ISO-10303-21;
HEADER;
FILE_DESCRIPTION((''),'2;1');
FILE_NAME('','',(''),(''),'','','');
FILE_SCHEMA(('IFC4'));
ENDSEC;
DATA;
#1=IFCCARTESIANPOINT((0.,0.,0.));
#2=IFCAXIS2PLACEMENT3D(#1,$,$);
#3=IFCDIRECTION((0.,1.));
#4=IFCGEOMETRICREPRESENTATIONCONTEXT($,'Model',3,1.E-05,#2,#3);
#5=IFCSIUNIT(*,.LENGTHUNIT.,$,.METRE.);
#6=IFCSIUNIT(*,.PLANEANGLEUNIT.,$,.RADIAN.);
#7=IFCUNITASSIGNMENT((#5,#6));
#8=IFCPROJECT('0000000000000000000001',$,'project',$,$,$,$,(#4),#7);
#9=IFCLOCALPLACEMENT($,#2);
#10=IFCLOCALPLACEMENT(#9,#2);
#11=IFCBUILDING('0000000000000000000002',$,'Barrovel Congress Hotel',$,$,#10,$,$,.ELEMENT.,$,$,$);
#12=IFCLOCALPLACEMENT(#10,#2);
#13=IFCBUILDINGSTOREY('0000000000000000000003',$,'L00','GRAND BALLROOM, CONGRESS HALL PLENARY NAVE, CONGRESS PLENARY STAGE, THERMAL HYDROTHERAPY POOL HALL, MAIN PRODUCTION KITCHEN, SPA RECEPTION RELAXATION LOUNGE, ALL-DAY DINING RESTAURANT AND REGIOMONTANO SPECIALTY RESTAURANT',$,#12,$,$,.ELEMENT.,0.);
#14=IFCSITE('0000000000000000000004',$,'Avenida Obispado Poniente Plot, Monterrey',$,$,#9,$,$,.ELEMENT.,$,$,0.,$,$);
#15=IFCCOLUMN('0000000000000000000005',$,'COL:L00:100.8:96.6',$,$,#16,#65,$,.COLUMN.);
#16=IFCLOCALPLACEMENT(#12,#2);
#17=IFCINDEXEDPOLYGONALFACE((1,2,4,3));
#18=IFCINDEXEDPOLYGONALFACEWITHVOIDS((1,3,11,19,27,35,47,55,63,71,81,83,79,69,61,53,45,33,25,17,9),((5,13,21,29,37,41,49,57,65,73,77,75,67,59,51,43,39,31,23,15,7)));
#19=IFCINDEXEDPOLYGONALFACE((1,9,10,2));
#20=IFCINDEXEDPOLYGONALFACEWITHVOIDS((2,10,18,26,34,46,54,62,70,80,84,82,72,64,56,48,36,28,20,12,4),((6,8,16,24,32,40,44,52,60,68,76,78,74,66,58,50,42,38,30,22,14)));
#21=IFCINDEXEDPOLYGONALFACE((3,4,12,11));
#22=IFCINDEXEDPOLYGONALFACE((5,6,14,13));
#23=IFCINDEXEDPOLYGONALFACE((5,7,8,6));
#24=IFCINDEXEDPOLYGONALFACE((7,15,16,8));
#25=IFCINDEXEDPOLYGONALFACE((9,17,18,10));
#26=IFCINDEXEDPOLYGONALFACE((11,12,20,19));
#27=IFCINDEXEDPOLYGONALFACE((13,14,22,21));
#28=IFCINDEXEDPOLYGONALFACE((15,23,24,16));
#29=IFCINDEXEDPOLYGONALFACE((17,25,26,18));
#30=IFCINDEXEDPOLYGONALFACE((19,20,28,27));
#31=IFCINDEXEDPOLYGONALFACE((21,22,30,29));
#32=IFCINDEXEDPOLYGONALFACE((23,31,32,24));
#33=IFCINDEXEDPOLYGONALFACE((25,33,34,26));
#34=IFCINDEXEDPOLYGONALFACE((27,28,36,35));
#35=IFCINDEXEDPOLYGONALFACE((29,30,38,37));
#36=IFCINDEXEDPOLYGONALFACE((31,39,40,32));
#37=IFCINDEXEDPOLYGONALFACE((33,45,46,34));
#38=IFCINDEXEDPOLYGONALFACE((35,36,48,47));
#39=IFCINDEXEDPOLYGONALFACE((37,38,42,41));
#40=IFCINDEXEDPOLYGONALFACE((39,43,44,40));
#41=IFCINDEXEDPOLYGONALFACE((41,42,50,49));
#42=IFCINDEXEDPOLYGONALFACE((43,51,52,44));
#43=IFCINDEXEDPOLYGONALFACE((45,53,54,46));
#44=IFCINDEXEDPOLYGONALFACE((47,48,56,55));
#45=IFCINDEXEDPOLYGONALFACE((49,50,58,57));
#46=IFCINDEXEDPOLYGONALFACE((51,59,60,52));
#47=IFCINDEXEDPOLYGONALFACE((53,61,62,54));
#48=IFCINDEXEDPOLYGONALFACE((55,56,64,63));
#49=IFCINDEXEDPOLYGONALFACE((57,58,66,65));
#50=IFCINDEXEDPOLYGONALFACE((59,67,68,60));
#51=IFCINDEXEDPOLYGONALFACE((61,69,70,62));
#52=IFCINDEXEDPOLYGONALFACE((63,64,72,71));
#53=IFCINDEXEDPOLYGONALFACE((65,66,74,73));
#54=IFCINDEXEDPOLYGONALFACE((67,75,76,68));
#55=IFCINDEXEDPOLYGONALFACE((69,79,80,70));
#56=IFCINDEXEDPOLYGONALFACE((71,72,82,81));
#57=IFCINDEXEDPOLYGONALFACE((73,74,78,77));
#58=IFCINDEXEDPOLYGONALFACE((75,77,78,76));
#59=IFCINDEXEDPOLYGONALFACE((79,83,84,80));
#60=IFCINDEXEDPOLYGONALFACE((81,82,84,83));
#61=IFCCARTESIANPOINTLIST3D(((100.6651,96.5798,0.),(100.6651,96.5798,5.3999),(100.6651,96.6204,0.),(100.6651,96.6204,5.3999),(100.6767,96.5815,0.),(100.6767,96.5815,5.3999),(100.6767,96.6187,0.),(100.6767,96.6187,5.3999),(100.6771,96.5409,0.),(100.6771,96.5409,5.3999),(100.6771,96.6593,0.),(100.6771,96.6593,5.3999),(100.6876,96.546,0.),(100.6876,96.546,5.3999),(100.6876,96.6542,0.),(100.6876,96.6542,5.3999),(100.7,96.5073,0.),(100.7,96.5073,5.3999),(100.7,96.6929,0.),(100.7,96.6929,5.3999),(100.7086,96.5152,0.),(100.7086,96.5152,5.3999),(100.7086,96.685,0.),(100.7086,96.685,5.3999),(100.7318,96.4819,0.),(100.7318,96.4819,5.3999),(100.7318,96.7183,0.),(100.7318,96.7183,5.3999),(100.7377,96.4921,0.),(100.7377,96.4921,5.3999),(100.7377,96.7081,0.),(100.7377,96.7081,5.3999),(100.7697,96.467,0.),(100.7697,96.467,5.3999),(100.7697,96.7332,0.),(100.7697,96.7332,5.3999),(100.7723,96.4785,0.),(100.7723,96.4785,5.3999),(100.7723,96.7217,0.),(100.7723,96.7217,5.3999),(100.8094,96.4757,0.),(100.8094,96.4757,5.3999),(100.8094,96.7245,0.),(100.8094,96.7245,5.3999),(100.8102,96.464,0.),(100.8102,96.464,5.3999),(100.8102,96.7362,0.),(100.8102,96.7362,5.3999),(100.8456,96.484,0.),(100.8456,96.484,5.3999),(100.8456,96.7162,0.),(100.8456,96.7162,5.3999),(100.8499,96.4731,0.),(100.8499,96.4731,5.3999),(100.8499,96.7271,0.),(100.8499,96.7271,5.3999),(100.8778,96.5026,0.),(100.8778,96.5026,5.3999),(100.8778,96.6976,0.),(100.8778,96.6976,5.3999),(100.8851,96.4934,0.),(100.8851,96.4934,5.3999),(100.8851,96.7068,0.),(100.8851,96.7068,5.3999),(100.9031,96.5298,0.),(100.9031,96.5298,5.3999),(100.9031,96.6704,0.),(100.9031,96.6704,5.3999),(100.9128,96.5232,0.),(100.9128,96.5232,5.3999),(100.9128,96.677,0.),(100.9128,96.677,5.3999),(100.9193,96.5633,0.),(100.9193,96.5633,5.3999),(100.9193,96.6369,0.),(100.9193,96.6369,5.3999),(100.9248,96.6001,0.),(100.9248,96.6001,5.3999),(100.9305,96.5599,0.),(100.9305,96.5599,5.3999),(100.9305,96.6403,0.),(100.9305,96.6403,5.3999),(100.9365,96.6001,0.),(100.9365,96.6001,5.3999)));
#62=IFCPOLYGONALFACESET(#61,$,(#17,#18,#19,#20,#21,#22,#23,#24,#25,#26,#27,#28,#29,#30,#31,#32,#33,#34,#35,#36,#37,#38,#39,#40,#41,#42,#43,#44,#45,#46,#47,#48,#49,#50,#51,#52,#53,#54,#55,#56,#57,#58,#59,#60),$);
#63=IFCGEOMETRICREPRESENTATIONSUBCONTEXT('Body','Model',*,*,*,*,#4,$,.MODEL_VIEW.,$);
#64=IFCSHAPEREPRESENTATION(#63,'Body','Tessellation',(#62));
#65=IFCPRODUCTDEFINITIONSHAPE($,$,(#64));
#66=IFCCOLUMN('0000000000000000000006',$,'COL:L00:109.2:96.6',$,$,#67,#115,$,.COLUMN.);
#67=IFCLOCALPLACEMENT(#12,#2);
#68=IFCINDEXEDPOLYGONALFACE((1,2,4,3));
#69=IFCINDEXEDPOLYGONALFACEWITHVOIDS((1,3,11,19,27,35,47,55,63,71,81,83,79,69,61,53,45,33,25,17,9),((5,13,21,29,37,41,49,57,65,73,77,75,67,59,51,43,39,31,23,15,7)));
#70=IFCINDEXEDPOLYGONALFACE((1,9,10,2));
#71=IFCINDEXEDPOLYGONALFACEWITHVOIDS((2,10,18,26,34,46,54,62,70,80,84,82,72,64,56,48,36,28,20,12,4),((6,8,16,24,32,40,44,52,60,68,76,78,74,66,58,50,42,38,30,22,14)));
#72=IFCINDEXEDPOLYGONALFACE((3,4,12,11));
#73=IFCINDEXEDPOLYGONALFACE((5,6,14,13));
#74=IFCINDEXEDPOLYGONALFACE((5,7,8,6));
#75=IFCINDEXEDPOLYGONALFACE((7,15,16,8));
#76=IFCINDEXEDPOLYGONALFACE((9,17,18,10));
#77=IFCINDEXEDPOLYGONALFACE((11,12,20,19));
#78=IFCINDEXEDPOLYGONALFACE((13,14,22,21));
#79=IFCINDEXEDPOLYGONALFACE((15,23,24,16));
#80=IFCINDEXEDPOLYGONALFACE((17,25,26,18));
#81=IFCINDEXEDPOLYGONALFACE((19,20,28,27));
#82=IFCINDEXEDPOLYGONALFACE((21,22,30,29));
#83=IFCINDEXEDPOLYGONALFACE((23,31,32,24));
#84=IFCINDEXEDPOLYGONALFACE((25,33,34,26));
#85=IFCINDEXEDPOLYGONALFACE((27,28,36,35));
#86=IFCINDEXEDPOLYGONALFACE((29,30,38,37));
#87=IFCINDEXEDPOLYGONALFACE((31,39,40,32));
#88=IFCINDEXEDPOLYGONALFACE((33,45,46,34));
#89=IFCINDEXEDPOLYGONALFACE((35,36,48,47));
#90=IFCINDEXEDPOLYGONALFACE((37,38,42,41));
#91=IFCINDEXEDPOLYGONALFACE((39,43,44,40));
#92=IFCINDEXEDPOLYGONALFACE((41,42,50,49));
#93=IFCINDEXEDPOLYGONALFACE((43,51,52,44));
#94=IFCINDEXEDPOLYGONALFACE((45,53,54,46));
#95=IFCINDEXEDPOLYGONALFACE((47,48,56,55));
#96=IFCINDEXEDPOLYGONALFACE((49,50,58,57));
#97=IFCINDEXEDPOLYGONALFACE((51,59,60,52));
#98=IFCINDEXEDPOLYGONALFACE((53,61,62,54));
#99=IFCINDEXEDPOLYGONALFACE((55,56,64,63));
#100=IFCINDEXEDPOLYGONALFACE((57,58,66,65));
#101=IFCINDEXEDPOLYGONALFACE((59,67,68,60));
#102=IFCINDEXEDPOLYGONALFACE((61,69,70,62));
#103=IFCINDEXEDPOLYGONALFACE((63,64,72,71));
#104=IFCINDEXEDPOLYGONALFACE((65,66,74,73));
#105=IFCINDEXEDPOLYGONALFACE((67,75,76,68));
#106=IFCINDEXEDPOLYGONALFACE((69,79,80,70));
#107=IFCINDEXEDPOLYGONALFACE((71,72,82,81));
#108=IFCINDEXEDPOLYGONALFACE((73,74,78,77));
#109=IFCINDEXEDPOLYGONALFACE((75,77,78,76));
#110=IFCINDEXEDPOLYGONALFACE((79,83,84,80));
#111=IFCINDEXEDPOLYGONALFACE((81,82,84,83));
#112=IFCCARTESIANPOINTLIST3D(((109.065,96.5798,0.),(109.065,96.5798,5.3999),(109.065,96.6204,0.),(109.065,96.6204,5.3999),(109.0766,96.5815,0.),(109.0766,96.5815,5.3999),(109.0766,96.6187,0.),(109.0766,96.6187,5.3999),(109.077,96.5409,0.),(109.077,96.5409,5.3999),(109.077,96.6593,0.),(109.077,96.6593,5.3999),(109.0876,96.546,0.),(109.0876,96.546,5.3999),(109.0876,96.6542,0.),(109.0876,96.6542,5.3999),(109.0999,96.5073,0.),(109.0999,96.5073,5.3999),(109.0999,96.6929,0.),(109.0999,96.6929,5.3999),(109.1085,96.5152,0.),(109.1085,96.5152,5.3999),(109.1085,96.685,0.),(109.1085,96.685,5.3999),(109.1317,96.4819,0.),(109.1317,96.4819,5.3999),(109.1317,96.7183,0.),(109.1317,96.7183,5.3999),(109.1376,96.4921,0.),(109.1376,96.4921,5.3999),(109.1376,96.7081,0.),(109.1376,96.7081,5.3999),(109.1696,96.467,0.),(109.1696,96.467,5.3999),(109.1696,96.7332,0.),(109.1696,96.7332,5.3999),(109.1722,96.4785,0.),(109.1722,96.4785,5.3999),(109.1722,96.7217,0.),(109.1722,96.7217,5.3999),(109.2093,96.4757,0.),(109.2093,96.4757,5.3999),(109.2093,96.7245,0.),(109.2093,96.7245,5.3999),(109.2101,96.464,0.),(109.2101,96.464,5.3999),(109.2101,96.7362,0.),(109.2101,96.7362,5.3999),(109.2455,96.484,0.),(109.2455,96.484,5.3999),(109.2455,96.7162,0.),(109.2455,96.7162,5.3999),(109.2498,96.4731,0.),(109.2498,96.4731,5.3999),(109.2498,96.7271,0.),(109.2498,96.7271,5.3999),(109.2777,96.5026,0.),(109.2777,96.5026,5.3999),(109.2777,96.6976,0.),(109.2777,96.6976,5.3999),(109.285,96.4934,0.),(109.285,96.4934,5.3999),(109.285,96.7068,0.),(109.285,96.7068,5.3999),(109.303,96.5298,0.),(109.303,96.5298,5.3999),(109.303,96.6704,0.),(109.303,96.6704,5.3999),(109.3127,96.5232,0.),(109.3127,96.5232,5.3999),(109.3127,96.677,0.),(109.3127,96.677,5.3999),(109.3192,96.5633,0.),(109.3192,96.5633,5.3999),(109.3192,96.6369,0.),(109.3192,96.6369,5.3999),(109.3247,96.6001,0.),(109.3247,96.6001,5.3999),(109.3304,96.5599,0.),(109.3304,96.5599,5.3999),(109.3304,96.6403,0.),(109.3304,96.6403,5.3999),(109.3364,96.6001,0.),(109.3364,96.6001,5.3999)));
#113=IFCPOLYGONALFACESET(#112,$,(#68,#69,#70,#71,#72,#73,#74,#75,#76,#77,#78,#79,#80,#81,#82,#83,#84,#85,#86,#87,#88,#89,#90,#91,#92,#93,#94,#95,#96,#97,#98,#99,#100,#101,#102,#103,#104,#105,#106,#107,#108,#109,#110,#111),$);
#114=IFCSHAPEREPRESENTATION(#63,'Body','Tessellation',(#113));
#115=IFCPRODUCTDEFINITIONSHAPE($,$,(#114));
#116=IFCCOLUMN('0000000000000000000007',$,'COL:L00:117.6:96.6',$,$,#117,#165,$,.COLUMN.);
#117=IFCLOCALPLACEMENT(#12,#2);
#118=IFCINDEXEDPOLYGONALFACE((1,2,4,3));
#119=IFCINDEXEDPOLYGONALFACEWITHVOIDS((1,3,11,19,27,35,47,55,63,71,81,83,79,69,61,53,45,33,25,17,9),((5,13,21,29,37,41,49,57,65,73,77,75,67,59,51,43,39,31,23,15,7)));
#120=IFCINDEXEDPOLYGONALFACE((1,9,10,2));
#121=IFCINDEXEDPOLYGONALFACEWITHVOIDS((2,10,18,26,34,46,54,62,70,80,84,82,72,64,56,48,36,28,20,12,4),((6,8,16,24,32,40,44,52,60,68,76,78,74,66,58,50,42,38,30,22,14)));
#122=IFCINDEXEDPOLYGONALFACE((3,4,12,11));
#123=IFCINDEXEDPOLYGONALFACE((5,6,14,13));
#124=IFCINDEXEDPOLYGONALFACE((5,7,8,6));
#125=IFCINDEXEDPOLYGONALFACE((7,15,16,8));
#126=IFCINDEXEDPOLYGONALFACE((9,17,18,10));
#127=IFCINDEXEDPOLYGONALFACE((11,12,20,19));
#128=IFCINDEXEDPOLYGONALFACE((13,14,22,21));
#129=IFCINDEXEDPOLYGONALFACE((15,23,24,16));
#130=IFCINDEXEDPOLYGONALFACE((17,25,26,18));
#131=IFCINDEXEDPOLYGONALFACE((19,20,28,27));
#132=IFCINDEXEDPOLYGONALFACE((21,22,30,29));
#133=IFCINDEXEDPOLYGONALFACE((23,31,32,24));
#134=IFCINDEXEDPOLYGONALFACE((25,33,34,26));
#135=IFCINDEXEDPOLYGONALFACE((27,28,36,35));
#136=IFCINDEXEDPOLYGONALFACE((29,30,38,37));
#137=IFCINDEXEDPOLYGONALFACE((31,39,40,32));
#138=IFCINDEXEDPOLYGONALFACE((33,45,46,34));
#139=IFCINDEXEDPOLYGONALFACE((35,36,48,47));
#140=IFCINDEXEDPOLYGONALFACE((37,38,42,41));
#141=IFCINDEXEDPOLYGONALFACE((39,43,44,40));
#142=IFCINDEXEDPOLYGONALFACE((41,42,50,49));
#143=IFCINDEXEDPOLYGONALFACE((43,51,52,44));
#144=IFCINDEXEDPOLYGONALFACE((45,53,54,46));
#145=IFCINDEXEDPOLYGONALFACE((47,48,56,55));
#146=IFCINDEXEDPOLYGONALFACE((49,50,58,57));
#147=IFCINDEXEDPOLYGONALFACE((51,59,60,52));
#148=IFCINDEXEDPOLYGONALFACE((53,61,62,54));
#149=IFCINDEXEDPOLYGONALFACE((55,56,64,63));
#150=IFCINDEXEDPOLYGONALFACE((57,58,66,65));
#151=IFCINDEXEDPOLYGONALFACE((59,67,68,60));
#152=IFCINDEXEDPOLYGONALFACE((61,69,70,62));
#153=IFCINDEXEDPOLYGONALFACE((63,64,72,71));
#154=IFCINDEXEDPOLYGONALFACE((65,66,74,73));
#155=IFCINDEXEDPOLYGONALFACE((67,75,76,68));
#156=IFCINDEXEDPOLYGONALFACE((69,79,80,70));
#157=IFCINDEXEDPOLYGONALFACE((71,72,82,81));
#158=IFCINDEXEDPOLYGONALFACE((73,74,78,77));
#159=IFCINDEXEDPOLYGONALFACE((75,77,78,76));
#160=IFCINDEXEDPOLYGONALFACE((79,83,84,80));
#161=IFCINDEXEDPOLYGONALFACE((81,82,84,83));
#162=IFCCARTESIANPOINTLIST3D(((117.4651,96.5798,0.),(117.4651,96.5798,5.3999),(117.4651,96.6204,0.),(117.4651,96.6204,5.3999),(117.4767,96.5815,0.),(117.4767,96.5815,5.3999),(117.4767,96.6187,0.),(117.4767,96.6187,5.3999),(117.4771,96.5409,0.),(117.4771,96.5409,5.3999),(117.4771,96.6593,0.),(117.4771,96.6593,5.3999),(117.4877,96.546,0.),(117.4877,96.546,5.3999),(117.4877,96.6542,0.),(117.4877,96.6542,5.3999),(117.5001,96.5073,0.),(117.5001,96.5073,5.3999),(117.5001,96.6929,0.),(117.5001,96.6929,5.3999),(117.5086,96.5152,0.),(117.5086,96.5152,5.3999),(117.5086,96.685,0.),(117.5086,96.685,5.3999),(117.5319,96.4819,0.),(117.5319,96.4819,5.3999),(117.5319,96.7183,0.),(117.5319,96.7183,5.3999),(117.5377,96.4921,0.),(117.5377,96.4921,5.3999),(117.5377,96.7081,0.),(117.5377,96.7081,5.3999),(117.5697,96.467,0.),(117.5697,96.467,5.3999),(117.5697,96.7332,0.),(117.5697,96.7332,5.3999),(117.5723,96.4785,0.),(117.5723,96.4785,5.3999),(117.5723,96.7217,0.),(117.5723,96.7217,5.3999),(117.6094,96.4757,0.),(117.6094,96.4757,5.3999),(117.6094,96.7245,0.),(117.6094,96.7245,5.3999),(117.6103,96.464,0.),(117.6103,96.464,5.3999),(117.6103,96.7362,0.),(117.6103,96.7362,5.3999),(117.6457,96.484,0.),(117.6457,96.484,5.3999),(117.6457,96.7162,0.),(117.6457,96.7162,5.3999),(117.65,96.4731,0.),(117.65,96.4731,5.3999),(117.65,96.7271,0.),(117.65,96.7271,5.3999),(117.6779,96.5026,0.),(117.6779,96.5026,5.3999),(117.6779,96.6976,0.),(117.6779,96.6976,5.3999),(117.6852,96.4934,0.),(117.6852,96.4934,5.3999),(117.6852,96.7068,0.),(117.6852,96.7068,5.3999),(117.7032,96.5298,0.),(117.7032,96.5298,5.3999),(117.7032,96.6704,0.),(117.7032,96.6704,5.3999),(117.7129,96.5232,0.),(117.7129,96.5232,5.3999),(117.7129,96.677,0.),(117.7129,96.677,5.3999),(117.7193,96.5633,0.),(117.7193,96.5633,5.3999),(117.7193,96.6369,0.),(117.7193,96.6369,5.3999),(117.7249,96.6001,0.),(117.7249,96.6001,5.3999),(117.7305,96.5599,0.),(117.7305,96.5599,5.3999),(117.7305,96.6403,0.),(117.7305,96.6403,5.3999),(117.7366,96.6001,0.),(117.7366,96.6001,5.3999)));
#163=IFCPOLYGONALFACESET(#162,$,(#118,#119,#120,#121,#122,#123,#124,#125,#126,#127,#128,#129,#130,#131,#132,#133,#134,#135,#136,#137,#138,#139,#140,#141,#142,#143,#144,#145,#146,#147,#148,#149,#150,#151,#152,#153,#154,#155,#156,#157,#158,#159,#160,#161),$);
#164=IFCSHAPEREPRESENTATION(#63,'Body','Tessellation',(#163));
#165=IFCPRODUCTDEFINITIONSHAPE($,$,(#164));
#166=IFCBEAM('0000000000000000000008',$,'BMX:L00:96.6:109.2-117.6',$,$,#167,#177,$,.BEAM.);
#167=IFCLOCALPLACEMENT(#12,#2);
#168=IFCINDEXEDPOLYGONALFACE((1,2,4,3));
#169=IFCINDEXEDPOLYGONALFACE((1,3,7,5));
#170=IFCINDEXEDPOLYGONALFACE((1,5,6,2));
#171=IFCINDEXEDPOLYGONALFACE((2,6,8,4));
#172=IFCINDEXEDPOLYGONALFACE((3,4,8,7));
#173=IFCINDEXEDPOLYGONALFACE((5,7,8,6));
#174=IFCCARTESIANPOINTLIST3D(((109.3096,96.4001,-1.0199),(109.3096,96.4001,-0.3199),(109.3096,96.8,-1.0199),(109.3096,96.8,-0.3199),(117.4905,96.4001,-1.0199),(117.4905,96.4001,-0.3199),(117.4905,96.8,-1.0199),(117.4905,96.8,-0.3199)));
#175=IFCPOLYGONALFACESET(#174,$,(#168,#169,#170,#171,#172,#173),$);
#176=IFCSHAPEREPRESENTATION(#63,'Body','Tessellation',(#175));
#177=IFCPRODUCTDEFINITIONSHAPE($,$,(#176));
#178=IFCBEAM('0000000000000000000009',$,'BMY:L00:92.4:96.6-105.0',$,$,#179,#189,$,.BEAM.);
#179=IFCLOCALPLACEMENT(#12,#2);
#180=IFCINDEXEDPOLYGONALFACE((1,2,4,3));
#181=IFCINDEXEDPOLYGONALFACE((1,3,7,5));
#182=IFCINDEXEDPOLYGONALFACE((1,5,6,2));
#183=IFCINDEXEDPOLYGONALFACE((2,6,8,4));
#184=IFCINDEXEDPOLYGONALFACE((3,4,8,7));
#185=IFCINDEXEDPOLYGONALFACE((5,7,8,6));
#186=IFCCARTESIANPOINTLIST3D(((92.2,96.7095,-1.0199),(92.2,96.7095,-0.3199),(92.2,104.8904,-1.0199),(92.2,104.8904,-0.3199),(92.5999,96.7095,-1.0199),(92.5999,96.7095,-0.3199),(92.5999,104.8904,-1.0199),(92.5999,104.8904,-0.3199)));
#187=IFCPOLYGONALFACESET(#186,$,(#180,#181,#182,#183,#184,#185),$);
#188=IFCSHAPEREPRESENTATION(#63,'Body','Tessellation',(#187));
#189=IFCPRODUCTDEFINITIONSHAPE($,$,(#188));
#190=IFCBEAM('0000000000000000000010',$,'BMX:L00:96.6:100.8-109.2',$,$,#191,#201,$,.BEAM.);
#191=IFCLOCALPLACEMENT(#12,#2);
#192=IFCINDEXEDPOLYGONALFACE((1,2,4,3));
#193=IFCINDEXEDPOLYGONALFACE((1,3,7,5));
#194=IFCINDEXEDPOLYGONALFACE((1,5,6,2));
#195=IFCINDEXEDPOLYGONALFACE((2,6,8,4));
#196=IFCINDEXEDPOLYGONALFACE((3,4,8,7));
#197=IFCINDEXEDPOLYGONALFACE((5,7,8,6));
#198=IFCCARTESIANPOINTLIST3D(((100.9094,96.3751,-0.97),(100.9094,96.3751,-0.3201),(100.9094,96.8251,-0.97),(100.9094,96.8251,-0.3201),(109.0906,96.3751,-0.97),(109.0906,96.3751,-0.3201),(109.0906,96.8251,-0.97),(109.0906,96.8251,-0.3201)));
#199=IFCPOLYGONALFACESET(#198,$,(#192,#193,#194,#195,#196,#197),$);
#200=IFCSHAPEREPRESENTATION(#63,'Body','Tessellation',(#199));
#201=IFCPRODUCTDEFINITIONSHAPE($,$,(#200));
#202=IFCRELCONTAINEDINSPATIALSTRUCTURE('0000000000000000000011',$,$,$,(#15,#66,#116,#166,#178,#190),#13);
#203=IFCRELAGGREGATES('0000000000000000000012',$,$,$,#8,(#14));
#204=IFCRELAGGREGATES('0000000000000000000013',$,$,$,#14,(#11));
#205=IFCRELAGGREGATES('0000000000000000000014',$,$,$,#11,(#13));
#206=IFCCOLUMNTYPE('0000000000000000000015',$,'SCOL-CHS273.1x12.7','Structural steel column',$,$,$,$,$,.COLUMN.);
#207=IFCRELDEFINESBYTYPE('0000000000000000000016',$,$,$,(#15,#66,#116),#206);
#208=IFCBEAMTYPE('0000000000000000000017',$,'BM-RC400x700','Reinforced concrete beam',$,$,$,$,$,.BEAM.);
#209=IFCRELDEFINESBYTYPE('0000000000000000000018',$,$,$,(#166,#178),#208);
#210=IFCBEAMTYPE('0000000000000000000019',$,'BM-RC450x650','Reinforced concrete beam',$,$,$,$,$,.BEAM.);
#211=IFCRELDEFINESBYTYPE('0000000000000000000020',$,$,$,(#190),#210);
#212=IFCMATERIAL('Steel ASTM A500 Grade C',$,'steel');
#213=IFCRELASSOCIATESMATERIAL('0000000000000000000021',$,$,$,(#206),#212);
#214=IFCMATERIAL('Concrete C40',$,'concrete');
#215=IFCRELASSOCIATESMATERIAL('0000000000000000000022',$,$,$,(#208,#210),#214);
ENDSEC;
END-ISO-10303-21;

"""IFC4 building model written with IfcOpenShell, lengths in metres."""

from ifc_helpers import new_model, si_unit, direction, frame, origin, origin_2d, place, context, subcontext, project, spatial, rectangle, hollow_circle, extrude, material, material_profile, profile_set, type_object, element, save


model = new_model("IFC4")

# Units and contexts
model_context = context("Model", 3, precision=1e-05, world=origin(), true_north=direction((0.0, 1.0)))
body_context = subcontext(model_context, "Body", "Model", "MODEL_VIEW")
ifc_project = project(units=[si_unit("LENGTHUNIT", "METRE"), si_unit("PLANEANGLEUNIT", "RADIAN")], contexts=[model_context])

# Site, building, storey
site_placement = place(None, origin())
site = spatial("IfcSite", under=ifc_project, at=site_placement, Name="Avenida Obispado Poniente Plot, Monterrey", CompositionType="ELEMENT", RefElevation=0.0)
building_placement = place(site_placement, origin())
building = spatial("IfcBuilding", under=site, at=building_placement, Name="Barrovel Congress Hotel", CompositionType="ELEMENT")
storey_placement = place(building_placement, origin())
storey = spatial("IfcBuildingStorey", under=building, at=storey_placement, Name="L00", Description="GRAND BALLROOM, CONGRESS HALL PLENARY NAVE, CONGRESS PLENARY STAGE, THERMAL HYDROTHERAPY POOL HALL, MAIN PRODUCTION KITCHEN, SPA RECEPTION RELAXATION LOUNGE, ALL-DAY DINING RESTAURANT AND REGIOMONTANO SPECIALTY RESTAURANT", CompositionType="ELEMENT", Elevation=0.0)

# Shared definitions
ifc_material_1 = material(Name="Concrete C40", Category="concrete")

# Columns
ifc_material_2 = material(Name="Steel ASTM A500 Grade C", Category="steel")
ifc_material_profile_1 = material_profile(ifc_material_2, hollow_circle(Radius=0.1365, WallThickness=0.0117, at=origin_2d()), Name="CHS273.1x12.7")
ifc_profile_set_1 = profile_set([ifc_material_profile_1], Name="Steel ASTM A500 Grade C")
column_type_1 = type_object("IfcColumnType", Name="SCOL-CHS273.1x12.7", Description="Structural steel column", PredefinedType="COLUMN", material=ifc_profile_set_1)
for number, where, z_axis, x_axis, name in (
    (1, (100.8, 96.6001, 0.0), (0.0, 0.0, 1.0), (1.0, 0.0, 0.0), "COL:L00:100.8:96.6"),
    (2, (109.2, 96.6001, 0.0), (0.0, 0.0, 1.0), (1.0, 0.0, 0.0), "COL:L00:109.2:96.6"),
    (3, (117.6001, 96.6001, 0.0), (0.0, 0.0, 1.0), (1.0, 0.0, 0.0), "COL:L00:117.6:96.6"),
):
    element("IfcColumn", number, at=place(storey_placement, frame(where, z_axis=z_axis, x_axis=x_axis)), inside=storey, type_object=column_type_1, Name=name, PredefinedType="COLUMN", context=body_context, shape_type="SweptSolid", body=[
        extrude(hollow_circle(Radius=0.1365, WallThickness=0.0117, at=origin_2d()), origin(), (0.0, 0.0, 1.0), 5.3999),
    ])

# Beams
ifc_material_profile_2 = material_profile(ifc_material_1, rectangle(XDim=0.3999, YDim=0.7, at=origin_2d()), Name="RC400x700")
ifc_profile_set_2 = profile_set([ifc_material_profile_2], Name="Concrete C40")
beam_type_1 = type_object("IfcBeamType", Name="BM-RC400x700", Description="Reinforced concrete beam", PredefinedType="BEAM", material=ifc_profile_set_2)
for number, where, z_axis, x_axis, name in (
    (4, (109.3096, 96.6001, -0.6699), (1.0, 0.0, 0.0), (0.0, 1.0, 0.0), "BMX:L00:96.6:109.2-117.6"),
    (5, (92.3999, 96.7095, -0.6699), (0.0, 1.0, 0.0), (-1.0, 0.0, 0.0), "BMY:L00:92.4:96.6-105.0"),
):
    element("IfcBeam", number, at=place(storey_placement, frame(where, z_axis=z_axis, x_axis=x_axis)), inside=storey, type_object=beam_type_1, Name=name, PredefinedType="BEAM", context=body_context, shape_type="SweptSolid", body=[
        extrude(rectangle(XDim=0.3999, YDim=0.7, at=origin_2d()), origin(), (0.0, 0.0, 1.0), 8.1809),
    ])
ifc_material_profile_3 = material_profile(ifc_material_1, rectangle(XDim=0.45, YDim=0.6499, at=origin_2d()), Name="RC450x650")
ifc_profile_set_3 = profile_set([ifc_material_profile_3], Name="Concrete C40")
beam_type_2 = type_object("IfcBeamType", Name="BM-RC450x650", Description="Reinforced concrete beam", PredefinedType="BEAM", material=ifc_profile_set_3)
beam_1_placement = place(storey_placement, frame((100.9094, 96.6001, -0.645), z_axis=(1.0, 0.0, 0.0), x_axis=(0.0, 1.0, 0.0)))
element("IfcBeam", 6, at=beam_1_placement, inside=storey, type_object=beam_type_2, Name="BMX:L00:96.6:100.8-109.2", PredefinedType="BEAM", context=body_context, shape_type="SweptSolid", body=[
    extrude(rectangle(XDim=0.45, YDim=0.6499, at=origin_2d()), origin(), (0.0, 0.0, 1.0), 8.1812),
])

save(model, "model.ifc")
